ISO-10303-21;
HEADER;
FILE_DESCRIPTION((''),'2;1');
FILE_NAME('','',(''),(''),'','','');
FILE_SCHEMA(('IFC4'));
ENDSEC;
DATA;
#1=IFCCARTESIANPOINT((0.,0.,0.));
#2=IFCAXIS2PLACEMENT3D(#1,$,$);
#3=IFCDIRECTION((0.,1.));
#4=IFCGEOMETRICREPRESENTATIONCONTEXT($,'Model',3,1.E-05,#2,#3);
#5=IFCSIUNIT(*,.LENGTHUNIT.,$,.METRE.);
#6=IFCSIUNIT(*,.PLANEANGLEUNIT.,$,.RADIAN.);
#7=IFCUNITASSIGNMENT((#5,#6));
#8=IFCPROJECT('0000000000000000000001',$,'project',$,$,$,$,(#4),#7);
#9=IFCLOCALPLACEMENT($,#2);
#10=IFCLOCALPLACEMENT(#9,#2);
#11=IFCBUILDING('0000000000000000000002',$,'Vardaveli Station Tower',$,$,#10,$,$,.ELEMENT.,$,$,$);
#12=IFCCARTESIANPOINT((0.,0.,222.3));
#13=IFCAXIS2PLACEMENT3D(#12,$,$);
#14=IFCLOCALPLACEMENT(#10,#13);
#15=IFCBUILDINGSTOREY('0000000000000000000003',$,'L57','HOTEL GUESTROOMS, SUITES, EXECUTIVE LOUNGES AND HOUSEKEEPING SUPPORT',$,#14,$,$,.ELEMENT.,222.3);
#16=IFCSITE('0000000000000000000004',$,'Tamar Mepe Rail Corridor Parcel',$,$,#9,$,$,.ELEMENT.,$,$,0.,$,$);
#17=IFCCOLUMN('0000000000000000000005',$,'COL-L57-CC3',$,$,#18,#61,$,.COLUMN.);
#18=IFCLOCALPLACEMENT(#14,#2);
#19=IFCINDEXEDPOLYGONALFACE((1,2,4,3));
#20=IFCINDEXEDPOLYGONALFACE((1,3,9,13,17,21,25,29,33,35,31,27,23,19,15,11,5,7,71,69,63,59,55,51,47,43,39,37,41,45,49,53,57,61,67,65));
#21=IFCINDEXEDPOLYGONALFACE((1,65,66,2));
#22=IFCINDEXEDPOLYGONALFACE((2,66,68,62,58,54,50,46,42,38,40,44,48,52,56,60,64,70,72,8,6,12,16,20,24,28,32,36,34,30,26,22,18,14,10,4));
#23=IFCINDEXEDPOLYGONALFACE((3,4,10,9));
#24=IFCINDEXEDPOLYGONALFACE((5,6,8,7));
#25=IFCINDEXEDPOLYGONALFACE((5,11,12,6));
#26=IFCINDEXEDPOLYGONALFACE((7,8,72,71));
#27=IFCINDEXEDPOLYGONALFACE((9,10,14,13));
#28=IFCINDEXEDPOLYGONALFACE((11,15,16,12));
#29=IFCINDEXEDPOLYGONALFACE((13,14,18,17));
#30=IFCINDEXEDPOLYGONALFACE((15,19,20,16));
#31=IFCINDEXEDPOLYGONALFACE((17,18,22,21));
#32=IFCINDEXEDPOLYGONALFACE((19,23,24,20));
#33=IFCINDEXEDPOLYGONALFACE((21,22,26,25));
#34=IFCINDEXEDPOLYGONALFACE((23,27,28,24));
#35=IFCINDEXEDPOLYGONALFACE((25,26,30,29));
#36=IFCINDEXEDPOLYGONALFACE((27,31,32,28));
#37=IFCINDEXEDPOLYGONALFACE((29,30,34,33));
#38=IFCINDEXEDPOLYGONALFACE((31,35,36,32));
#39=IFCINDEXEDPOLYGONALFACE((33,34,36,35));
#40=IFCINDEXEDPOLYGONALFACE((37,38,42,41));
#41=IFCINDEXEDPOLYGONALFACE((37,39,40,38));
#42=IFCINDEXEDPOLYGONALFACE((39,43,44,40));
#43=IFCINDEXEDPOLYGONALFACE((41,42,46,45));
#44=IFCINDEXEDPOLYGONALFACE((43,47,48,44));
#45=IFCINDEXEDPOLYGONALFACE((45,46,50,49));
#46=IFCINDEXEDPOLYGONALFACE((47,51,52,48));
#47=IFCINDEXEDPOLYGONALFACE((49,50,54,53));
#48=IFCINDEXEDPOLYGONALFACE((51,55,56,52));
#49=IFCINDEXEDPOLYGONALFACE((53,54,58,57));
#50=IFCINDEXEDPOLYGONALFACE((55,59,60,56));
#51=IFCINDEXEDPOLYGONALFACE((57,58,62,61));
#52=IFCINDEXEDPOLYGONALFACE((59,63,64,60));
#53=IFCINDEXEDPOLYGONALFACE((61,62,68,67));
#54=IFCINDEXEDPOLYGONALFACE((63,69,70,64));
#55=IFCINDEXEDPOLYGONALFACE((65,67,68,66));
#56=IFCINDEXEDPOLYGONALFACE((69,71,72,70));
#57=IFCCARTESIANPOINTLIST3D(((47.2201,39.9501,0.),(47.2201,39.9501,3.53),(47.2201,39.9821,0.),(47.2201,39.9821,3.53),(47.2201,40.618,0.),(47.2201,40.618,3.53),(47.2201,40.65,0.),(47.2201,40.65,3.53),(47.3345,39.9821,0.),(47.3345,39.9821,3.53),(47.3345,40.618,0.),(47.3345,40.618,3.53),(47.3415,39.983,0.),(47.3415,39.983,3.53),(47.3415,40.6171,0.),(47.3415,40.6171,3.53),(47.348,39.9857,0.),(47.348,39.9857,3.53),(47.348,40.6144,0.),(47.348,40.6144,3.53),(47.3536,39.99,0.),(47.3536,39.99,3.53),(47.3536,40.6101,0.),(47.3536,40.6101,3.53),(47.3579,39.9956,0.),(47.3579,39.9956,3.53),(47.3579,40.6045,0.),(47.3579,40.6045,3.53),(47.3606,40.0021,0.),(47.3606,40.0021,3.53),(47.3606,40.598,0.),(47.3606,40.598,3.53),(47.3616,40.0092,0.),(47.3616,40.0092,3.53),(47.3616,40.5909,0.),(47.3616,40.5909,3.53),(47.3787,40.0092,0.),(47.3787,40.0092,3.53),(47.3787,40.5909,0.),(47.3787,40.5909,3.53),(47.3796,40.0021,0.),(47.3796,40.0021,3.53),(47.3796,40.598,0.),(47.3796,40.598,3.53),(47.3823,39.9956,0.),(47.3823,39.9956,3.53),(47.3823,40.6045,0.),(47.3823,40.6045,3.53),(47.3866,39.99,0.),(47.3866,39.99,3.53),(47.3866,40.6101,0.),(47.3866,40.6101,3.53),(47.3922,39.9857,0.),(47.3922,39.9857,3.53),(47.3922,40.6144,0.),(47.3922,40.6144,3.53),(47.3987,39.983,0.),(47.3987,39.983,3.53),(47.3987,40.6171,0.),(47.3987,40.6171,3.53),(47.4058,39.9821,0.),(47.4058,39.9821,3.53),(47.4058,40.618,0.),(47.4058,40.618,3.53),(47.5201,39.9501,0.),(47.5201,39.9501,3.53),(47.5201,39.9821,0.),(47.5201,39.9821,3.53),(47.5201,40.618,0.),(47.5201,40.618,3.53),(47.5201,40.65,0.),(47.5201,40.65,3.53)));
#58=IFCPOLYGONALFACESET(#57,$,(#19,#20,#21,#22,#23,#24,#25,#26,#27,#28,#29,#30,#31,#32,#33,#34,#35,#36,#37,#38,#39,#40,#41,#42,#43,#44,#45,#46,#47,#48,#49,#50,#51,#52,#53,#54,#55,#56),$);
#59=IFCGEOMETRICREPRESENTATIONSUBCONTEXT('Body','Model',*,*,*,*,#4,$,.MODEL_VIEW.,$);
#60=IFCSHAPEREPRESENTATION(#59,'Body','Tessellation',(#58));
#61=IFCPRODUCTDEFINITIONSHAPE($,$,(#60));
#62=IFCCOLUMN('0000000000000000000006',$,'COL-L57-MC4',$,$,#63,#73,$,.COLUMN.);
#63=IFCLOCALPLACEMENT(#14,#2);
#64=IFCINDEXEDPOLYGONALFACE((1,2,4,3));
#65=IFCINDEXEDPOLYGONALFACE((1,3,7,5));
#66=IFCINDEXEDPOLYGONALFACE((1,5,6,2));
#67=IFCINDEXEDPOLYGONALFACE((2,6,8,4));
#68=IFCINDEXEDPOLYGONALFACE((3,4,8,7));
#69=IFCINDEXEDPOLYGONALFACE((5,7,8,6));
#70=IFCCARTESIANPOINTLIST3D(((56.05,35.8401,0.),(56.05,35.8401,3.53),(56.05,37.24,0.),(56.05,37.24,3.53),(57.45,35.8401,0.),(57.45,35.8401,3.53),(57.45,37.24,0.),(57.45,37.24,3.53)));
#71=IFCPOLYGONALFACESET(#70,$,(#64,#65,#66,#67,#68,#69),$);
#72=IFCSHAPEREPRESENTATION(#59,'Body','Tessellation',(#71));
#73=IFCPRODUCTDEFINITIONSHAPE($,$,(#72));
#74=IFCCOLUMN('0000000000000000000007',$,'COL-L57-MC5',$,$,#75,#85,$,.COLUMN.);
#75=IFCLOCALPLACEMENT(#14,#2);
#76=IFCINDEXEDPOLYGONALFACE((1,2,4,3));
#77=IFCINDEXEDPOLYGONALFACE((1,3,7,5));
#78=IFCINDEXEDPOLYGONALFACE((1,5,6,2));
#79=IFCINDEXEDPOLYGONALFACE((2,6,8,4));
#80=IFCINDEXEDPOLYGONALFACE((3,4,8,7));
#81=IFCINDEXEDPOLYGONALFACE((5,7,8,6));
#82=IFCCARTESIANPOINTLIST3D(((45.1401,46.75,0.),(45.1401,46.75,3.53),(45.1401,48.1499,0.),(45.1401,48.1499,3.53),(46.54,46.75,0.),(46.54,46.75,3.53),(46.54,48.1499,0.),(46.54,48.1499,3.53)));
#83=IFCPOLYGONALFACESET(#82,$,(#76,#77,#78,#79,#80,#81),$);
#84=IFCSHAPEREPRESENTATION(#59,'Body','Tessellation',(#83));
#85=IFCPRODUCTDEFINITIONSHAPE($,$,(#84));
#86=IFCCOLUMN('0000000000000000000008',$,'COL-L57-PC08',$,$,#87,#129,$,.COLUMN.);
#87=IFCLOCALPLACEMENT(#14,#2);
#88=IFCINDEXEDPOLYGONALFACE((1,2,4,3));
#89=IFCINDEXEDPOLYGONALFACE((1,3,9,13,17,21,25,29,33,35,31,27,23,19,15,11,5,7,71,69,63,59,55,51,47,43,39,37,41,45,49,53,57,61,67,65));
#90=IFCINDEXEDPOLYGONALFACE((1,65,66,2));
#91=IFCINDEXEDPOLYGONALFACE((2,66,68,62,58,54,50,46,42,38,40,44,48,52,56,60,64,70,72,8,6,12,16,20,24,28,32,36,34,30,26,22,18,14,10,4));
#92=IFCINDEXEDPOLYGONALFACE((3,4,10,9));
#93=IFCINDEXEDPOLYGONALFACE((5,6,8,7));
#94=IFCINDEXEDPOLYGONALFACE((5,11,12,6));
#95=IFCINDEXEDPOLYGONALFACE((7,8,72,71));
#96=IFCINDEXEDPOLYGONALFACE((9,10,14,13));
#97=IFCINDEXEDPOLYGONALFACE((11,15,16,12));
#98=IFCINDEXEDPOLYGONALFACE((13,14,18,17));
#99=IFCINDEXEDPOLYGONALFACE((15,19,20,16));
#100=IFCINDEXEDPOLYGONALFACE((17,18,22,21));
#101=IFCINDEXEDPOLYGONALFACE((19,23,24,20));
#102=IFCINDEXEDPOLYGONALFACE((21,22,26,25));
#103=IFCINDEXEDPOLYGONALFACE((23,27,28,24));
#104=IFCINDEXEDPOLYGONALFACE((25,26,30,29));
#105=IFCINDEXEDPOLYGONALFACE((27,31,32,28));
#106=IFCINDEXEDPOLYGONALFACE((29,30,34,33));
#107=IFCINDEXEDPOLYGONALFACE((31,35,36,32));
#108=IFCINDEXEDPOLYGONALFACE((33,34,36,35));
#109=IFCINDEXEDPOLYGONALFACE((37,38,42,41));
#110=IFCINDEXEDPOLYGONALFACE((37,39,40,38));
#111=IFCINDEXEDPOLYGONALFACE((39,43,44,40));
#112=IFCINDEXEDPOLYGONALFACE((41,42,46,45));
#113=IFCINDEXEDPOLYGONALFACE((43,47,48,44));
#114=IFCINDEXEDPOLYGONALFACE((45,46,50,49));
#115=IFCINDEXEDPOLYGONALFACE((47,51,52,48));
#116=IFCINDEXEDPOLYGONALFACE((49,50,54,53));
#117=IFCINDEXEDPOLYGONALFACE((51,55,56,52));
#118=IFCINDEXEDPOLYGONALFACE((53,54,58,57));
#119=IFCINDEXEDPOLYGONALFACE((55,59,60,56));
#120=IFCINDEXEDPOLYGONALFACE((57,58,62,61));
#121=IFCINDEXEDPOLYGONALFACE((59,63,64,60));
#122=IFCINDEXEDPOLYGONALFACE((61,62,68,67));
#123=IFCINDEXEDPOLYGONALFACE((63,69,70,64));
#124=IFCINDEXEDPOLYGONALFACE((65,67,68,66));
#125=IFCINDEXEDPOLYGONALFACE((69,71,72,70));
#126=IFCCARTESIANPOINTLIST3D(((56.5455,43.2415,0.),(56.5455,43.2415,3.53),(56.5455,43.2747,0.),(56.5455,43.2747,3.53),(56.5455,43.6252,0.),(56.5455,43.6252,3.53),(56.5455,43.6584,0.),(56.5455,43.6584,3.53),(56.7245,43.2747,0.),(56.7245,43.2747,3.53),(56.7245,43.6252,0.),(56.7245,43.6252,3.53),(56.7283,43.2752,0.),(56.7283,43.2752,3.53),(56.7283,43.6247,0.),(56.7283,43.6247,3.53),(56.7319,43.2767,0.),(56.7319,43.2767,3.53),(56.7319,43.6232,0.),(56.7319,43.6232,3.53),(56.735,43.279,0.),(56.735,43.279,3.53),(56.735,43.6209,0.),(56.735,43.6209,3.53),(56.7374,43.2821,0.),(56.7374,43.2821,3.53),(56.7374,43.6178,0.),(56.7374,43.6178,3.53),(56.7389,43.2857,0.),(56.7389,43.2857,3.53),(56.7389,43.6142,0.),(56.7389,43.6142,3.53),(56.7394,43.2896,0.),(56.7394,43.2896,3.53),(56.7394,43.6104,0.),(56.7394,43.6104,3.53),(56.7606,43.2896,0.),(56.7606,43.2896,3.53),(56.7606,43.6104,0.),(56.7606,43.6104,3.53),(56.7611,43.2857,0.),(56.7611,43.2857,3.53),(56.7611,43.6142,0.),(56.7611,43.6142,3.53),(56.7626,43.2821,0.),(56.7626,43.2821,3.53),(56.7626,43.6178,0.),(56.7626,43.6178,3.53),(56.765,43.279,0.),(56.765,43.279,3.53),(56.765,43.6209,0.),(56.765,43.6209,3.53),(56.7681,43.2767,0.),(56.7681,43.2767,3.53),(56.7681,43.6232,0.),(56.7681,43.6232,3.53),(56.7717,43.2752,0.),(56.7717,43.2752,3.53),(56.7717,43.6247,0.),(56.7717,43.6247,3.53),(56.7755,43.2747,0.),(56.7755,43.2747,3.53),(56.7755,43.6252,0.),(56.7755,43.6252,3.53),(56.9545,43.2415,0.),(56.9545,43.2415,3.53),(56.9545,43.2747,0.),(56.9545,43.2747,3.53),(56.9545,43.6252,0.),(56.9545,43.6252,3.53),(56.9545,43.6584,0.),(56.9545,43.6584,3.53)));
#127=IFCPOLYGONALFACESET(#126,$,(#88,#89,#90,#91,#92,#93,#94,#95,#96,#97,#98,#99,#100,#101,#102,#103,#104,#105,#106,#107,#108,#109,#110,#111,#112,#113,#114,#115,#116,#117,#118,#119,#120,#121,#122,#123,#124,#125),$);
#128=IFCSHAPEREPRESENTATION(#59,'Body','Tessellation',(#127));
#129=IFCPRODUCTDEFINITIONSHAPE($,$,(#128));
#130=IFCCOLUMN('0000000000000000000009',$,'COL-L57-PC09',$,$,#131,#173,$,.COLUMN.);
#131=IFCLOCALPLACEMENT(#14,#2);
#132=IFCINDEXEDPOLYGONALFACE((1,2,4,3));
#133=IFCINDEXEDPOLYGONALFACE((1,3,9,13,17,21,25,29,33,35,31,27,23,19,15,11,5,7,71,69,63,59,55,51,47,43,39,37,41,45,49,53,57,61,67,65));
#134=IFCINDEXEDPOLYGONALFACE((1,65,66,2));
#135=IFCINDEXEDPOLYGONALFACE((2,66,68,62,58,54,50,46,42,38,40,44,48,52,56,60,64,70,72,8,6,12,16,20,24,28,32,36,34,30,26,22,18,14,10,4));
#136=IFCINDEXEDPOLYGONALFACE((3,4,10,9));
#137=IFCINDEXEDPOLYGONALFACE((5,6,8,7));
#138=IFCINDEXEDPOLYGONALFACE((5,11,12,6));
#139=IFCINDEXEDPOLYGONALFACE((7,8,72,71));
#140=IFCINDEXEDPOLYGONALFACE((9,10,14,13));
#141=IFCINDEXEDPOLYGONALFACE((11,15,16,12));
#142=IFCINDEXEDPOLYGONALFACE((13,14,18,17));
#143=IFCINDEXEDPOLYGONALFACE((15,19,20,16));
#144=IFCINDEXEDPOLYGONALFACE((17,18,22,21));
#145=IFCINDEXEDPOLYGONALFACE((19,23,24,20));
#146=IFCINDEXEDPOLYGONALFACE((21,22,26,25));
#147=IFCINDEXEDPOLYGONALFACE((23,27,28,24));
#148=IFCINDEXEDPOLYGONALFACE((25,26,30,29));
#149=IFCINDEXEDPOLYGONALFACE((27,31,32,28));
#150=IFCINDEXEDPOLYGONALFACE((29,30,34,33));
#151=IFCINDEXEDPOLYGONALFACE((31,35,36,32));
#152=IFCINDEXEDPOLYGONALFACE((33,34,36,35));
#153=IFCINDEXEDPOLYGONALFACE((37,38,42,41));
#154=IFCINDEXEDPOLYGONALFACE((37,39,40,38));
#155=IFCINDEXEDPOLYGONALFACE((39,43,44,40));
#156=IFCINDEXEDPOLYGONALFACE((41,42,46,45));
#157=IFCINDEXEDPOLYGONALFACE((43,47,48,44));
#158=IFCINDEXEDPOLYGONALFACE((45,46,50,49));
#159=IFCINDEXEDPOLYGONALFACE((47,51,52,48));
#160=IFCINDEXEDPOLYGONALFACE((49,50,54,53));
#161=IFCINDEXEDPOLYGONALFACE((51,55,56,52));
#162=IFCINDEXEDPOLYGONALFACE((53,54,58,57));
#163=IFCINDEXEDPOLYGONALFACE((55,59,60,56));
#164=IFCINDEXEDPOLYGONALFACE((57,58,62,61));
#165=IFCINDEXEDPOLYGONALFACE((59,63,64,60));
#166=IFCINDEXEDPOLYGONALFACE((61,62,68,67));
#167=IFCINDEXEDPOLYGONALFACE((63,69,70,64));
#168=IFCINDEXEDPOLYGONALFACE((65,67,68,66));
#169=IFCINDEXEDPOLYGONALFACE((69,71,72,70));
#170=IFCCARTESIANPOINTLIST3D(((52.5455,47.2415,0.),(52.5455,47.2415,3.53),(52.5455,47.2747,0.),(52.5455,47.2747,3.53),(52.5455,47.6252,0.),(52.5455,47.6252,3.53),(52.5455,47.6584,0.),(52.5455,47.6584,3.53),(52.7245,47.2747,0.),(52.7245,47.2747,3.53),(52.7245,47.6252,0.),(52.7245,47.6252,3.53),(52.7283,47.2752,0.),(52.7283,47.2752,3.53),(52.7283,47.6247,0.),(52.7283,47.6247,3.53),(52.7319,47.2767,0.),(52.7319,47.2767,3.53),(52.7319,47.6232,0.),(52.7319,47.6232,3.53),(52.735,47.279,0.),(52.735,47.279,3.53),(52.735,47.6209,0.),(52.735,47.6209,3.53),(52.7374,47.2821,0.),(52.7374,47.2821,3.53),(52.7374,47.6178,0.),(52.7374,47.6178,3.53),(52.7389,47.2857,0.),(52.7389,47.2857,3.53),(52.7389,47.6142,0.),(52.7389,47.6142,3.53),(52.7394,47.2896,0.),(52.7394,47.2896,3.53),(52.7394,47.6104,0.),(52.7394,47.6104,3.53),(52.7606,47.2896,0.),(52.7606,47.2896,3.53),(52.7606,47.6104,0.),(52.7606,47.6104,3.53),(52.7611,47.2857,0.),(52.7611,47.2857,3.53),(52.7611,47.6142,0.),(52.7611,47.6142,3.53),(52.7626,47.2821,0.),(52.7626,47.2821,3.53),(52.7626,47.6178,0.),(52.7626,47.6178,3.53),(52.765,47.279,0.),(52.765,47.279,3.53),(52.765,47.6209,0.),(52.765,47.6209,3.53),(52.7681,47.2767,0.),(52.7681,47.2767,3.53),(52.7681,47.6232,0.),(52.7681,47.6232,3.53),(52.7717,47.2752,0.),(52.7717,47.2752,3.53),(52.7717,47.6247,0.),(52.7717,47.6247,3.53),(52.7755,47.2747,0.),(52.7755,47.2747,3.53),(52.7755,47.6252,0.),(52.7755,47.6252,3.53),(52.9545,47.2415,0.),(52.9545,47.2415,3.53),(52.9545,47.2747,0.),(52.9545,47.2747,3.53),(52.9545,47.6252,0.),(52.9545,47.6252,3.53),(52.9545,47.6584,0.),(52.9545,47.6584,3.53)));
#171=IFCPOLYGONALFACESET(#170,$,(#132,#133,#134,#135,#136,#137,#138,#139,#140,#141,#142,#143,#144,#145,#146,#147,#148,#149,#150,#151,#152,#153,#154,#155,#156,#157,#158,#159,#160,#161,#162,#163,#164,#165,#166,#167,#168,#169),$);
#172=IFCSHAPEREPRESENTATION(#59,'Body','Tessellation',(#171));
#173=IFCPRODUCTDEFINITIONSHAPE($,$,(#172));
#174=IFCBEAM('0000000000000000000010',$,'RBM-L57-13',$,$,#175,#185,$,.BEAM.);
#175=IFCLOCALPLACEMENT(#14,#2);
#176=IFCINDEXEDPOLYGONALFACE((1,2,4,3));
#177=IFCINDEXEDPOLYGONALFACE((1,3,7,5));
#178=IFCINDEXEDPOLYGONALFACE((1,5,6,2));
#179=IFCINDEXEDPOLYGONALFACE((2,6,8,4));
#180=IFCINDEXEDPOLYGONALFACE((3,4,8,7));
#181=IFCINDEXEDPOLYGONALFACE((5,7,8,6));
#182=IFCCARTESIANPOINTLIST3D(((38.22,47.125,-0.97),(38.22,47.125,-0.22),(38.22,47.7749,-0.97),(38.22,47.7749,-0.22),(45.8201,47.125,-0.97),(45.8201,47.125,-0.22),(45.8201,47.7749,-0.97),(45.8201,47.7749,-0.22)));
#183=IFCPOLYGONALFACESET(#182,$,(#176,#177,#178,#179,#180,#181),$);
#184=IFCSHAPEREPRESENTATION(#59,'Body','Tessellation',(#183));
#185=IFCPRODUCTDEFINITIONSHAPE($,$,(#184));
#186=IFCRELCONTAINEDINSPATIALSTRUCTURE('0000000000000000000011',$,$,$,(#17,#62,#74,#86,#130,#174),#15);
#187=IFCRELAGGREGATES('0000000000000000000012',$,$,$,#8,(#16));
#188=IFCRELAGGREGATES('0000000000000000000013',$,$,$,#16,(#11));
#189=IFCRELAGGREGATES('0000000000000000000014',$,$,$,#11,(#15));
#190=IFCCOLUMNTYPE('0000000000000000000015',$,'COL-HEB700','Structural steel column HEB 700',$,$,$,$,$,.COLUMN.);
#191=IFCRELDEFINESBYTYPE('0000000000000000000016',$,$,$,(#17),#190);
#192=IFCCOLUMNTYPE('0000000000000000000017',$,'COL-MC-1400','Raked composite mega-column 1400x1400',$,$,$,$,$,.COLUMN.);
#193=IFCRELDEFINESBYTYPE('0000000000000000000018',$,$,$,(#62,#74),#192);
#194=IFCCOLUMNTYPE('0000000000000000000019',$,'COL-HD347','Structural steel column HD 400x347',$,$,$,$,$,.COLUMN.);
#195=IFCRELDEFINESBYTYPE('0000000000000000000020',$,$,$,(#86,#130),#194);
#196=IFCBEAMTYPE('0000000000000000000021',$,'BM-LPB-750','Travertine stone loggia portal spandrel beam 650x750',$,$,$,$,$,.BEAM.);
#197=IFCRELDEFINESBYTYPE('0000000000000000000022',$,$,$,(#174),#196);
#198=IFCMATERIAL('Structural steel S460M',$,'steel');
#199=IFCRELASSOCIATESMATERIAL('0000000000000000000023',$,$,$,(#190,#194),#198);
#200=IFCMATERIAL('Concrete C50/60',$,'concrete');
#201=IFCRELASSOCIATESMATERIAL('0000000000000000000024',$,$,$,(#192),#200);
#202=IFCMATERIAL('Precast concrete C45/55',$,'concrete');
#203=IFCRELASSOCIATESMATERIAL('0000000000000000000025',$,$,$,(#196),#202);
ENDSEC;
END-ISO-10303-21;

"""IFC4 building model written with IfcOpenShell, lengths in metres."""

from ifc_helpers import new_model, si_unit, direction, frame, origin, origin_2d, place, context, subcontext, project, spatial, rectangle, i_section, extrude, source, transform, mapped, material, material_profile, profile_set, type_object, element, save


model = new_model("IFC4")

# Units and contexts
model_context = context("Model", 3, precision=1e-05, world=origin(), true_north=direction((0.0, 1.0)))
body_context = subcontext(model_context, "Body", "Model", "MODEL_VIEW")
ifc_project = project(units=[si_unit("LENGTHUNIT", "METRE"), si_unit("PLANEANGLEUNIT", "RADIAN")], contexts=[model_context])

# Site, building, storey
site_placement = place(None, origin())
site = spatial("IfcSite", under=ifc_project, at=site_placement, Name="Tamar Mepe Rail Corridor Parcel", CompositionType="ELEMENT", RefElevation=0.0)
building_placement = place(site_placement, origin())
building = spatial("IfcBuilding", under=site, at=building_placement, Name="Vardaveli Station Tower", CompositionType="ELEMENT")
storey_placement = place(building_placement, frame((0.0, 0.0, 222.3)))
storey = spatial("IfcBuildingStorey", under=building, at=storey_placement, Name="L57", Description="HOTEL GUESTROOMS, SUITES, EXECUTIVE LOUNGES AND HOUSEKEEPING SUPPORT", CompositionType="ELEMENT", Elevation=222.3)

# Columns
ifc_material_1 = material(Name="Structural steel S460M", Category="steel")
ifc_material_profile_1 = material_profile(ifc_material_1, i_section(OverallWidth=0.3, OverallDepth=0.7, WebThickness=0.0171, FlangeThickness=0.032, FilletRadius=0.0271, at=origin_2d()), Name="HEB 700")
ifc_profile_set_1 = profile_set([ifc_material_profile_1], Name="Structural steel S460M")
column_type_1 = type_object("IfcColumnType", Name="COL-HEB700", Description="Structural steel column HEB 700", PredefinedType="COLUMN", material=ifc_profile_set_1)
shared_shape_1 = source(origin(), body_context, "Body", "SweptSolid", [
    extrude(i_section(OverallWidth=0.3, OverallDepth=0.7, WebThickness=0.0171, FlangeThickness=0.032, FilletRadius=0.0271, at=origin_2d()), origin(), (0.0, 0.0, 1.0), 3.53),
])
column_placement = place(storey_placement, frame((47.3701, 40.3, 0.0), z_axis=(0.0, 0.0, 1.0), x_axis=(1.0, 0.0, 0.0)))
element("IfcColumn", 1, at=column_placement, inside=storey, type_object=column_type_1, Name="COL-L57-CC3", PredefinedType="COLUMN", context=body_context, shape_type="MappedRepresentation", body=[
    mapped(shared_shape_1, transform((0.0, 0.0, 0.0), scale=1.0)),
])
ifc_material_2 = material(Name="Concrete C50/60", Category="concrete")
ifc_material_profile_2 = material_profile(ifc_material_2, rectangle(XDim=1.3999, YDim=1.3999, at=origin_2d()), Name="MC 1400x1400")
ifc_profile_set_2 = profile_set([ifc_material_profile_2], Name="Concrete C50/60")
column_type_2 = type_object("IfcColumnType", Name="COL-MC-1400", Description="Raked composite mega-column 1400x1400", PredefinedType="COLUMN", material=ifc_profile_set_2)
shared_shape_2 = source(origin(), body_context, "Body", "SweptSolid", [
    extrude(rectangle(XDim=1.3999, YDim=1.3999, at=origin_2d()), origin(), (0.0, 0.0, 1.0), 3.53),
])
for number, where, z_axis, x_axis, name in (
    (2, (56.75, 36.54, 0.0), (0.0, 0.0, 1.0), (1.0, 0.0, 0.0), "COL-L57-MC4"),
    (3, (45.8401, 47.45, 0.0), (0.0, 0.0, 1.0), (1.0, 0.0, 0.0), "COL-L57-MC5"),
):
    element("IfcColumn", number, at=place(storey_placement, frame(where, z_axis=z_axis, x_axis=x_axis)), inside=storey, type_object=column_type_2, Name=name, PredefinedType="COLUMN", context=body_context, shape_type="MappedRepresentation", body=[
        mapped(shared_shape_2, transform((0.0, 0.0, 0.0), scale=1.0)),
    ])
ifc_material_profile_3 = material_profile(ifc_material_1, i_section(OverallWidth=0.4089, OverallDepth=0.417, WebThickness=0.0212, FlangeThickness=0.0332, FilletRadius=0.0149, at=origin_2d()), Name="HD 400x347")
ifc_profile_set_3 = profile_set([ifc_material_profile_3], Name="Structural steel S460M")
column_type_3 = type_object("IfcColumnType", Name="COL-HD347", Description="Structural steel column HD 400x347", PredefinedType="COLUMN", material=ifc_profile_set_3)
shared_shape_3 = source(origin(), body_context, "Body", "SweptSolid", [
    extrude(i_section(OverallWidth=0.4089, OverallDepth=0.417, WebThickness=0.0212, FlangeThickness=0.0332, FilletRadius=0.0149, at=origin_2d()), origin(), (0.0, 0.0, 1.0), 3.53),
])
for number, where, z_axis, x_axis, name in (
    (4, (56.75, 43.45, 0.0), (0.0, 0.0, 1.0), (1.0, 0.0, 0.0), "COL-L57-PC08"),
    (5, (52.75, 47.45, 0.0), (0.0, 0.0, 1.0), (1.0, 0.0, 0.0), "COL-L57-PC09"),
):
    element("IfcColumn", number, at=place(storey_placement, frame(where, z_axis=z_axis, x_axis=x_axis)), inside=storey, type_object=column_type_3, Name=name, PredefinedType="COLUMN", context=body_context, shape_type="MappedRepresentation", body=[
        mapped(shared_shape_3, transform((0.0, 0.0, 0.0), scale=1.0)),
    ])

# Beam
ifc_material_3 = material(Name="Precast concrete C45/55", Category="concrete")
ifc_material_profile_4 = material_profile(ifc_material_3, rectangle(XDim=0.6499, YDim=0.75, at=origin_2d()), Name="LPB 650x750")
ifc_profile_set_4 = profile_set([ifc_material_profile_4], Name="Precast concrete C45/55")
beam_type = type_object("IfcBeamType", Name="BM-LPB-750", Description="Travertine stone loggia portal spandrel beam 650x750", PredefinedType="BEAM", material=ifc_profile_set_4)
shared_shape_4 = source(origin(), body_context, "Body", "SweptSolid", [
    extrude(rectangle(XDim=0.6499, YDim=0.75, at=origin_2d()), origin(), (0.0, 0.0, 1.0), 7.6001),
])
beam_1_placement = place(storey_placement, frame((45.8201, 47.45, -0.595), z_axis=(-1.0, 0.0, 0.0), x_axis=(0.0, -1.0, 0.0)))
element("IfcBeam", 6, at=beam_1_placement, inside=storey, type_object=beam_type, Name="RBM-L57-13", PredefinedType="BEAM", context=body_context, shape_type="MappedRepresentation", body=[
    mapped(shared_shape_4, transform((0.0, 0.0, 0.0), scale=1.0)),
])

save(model, "model.ifc")
